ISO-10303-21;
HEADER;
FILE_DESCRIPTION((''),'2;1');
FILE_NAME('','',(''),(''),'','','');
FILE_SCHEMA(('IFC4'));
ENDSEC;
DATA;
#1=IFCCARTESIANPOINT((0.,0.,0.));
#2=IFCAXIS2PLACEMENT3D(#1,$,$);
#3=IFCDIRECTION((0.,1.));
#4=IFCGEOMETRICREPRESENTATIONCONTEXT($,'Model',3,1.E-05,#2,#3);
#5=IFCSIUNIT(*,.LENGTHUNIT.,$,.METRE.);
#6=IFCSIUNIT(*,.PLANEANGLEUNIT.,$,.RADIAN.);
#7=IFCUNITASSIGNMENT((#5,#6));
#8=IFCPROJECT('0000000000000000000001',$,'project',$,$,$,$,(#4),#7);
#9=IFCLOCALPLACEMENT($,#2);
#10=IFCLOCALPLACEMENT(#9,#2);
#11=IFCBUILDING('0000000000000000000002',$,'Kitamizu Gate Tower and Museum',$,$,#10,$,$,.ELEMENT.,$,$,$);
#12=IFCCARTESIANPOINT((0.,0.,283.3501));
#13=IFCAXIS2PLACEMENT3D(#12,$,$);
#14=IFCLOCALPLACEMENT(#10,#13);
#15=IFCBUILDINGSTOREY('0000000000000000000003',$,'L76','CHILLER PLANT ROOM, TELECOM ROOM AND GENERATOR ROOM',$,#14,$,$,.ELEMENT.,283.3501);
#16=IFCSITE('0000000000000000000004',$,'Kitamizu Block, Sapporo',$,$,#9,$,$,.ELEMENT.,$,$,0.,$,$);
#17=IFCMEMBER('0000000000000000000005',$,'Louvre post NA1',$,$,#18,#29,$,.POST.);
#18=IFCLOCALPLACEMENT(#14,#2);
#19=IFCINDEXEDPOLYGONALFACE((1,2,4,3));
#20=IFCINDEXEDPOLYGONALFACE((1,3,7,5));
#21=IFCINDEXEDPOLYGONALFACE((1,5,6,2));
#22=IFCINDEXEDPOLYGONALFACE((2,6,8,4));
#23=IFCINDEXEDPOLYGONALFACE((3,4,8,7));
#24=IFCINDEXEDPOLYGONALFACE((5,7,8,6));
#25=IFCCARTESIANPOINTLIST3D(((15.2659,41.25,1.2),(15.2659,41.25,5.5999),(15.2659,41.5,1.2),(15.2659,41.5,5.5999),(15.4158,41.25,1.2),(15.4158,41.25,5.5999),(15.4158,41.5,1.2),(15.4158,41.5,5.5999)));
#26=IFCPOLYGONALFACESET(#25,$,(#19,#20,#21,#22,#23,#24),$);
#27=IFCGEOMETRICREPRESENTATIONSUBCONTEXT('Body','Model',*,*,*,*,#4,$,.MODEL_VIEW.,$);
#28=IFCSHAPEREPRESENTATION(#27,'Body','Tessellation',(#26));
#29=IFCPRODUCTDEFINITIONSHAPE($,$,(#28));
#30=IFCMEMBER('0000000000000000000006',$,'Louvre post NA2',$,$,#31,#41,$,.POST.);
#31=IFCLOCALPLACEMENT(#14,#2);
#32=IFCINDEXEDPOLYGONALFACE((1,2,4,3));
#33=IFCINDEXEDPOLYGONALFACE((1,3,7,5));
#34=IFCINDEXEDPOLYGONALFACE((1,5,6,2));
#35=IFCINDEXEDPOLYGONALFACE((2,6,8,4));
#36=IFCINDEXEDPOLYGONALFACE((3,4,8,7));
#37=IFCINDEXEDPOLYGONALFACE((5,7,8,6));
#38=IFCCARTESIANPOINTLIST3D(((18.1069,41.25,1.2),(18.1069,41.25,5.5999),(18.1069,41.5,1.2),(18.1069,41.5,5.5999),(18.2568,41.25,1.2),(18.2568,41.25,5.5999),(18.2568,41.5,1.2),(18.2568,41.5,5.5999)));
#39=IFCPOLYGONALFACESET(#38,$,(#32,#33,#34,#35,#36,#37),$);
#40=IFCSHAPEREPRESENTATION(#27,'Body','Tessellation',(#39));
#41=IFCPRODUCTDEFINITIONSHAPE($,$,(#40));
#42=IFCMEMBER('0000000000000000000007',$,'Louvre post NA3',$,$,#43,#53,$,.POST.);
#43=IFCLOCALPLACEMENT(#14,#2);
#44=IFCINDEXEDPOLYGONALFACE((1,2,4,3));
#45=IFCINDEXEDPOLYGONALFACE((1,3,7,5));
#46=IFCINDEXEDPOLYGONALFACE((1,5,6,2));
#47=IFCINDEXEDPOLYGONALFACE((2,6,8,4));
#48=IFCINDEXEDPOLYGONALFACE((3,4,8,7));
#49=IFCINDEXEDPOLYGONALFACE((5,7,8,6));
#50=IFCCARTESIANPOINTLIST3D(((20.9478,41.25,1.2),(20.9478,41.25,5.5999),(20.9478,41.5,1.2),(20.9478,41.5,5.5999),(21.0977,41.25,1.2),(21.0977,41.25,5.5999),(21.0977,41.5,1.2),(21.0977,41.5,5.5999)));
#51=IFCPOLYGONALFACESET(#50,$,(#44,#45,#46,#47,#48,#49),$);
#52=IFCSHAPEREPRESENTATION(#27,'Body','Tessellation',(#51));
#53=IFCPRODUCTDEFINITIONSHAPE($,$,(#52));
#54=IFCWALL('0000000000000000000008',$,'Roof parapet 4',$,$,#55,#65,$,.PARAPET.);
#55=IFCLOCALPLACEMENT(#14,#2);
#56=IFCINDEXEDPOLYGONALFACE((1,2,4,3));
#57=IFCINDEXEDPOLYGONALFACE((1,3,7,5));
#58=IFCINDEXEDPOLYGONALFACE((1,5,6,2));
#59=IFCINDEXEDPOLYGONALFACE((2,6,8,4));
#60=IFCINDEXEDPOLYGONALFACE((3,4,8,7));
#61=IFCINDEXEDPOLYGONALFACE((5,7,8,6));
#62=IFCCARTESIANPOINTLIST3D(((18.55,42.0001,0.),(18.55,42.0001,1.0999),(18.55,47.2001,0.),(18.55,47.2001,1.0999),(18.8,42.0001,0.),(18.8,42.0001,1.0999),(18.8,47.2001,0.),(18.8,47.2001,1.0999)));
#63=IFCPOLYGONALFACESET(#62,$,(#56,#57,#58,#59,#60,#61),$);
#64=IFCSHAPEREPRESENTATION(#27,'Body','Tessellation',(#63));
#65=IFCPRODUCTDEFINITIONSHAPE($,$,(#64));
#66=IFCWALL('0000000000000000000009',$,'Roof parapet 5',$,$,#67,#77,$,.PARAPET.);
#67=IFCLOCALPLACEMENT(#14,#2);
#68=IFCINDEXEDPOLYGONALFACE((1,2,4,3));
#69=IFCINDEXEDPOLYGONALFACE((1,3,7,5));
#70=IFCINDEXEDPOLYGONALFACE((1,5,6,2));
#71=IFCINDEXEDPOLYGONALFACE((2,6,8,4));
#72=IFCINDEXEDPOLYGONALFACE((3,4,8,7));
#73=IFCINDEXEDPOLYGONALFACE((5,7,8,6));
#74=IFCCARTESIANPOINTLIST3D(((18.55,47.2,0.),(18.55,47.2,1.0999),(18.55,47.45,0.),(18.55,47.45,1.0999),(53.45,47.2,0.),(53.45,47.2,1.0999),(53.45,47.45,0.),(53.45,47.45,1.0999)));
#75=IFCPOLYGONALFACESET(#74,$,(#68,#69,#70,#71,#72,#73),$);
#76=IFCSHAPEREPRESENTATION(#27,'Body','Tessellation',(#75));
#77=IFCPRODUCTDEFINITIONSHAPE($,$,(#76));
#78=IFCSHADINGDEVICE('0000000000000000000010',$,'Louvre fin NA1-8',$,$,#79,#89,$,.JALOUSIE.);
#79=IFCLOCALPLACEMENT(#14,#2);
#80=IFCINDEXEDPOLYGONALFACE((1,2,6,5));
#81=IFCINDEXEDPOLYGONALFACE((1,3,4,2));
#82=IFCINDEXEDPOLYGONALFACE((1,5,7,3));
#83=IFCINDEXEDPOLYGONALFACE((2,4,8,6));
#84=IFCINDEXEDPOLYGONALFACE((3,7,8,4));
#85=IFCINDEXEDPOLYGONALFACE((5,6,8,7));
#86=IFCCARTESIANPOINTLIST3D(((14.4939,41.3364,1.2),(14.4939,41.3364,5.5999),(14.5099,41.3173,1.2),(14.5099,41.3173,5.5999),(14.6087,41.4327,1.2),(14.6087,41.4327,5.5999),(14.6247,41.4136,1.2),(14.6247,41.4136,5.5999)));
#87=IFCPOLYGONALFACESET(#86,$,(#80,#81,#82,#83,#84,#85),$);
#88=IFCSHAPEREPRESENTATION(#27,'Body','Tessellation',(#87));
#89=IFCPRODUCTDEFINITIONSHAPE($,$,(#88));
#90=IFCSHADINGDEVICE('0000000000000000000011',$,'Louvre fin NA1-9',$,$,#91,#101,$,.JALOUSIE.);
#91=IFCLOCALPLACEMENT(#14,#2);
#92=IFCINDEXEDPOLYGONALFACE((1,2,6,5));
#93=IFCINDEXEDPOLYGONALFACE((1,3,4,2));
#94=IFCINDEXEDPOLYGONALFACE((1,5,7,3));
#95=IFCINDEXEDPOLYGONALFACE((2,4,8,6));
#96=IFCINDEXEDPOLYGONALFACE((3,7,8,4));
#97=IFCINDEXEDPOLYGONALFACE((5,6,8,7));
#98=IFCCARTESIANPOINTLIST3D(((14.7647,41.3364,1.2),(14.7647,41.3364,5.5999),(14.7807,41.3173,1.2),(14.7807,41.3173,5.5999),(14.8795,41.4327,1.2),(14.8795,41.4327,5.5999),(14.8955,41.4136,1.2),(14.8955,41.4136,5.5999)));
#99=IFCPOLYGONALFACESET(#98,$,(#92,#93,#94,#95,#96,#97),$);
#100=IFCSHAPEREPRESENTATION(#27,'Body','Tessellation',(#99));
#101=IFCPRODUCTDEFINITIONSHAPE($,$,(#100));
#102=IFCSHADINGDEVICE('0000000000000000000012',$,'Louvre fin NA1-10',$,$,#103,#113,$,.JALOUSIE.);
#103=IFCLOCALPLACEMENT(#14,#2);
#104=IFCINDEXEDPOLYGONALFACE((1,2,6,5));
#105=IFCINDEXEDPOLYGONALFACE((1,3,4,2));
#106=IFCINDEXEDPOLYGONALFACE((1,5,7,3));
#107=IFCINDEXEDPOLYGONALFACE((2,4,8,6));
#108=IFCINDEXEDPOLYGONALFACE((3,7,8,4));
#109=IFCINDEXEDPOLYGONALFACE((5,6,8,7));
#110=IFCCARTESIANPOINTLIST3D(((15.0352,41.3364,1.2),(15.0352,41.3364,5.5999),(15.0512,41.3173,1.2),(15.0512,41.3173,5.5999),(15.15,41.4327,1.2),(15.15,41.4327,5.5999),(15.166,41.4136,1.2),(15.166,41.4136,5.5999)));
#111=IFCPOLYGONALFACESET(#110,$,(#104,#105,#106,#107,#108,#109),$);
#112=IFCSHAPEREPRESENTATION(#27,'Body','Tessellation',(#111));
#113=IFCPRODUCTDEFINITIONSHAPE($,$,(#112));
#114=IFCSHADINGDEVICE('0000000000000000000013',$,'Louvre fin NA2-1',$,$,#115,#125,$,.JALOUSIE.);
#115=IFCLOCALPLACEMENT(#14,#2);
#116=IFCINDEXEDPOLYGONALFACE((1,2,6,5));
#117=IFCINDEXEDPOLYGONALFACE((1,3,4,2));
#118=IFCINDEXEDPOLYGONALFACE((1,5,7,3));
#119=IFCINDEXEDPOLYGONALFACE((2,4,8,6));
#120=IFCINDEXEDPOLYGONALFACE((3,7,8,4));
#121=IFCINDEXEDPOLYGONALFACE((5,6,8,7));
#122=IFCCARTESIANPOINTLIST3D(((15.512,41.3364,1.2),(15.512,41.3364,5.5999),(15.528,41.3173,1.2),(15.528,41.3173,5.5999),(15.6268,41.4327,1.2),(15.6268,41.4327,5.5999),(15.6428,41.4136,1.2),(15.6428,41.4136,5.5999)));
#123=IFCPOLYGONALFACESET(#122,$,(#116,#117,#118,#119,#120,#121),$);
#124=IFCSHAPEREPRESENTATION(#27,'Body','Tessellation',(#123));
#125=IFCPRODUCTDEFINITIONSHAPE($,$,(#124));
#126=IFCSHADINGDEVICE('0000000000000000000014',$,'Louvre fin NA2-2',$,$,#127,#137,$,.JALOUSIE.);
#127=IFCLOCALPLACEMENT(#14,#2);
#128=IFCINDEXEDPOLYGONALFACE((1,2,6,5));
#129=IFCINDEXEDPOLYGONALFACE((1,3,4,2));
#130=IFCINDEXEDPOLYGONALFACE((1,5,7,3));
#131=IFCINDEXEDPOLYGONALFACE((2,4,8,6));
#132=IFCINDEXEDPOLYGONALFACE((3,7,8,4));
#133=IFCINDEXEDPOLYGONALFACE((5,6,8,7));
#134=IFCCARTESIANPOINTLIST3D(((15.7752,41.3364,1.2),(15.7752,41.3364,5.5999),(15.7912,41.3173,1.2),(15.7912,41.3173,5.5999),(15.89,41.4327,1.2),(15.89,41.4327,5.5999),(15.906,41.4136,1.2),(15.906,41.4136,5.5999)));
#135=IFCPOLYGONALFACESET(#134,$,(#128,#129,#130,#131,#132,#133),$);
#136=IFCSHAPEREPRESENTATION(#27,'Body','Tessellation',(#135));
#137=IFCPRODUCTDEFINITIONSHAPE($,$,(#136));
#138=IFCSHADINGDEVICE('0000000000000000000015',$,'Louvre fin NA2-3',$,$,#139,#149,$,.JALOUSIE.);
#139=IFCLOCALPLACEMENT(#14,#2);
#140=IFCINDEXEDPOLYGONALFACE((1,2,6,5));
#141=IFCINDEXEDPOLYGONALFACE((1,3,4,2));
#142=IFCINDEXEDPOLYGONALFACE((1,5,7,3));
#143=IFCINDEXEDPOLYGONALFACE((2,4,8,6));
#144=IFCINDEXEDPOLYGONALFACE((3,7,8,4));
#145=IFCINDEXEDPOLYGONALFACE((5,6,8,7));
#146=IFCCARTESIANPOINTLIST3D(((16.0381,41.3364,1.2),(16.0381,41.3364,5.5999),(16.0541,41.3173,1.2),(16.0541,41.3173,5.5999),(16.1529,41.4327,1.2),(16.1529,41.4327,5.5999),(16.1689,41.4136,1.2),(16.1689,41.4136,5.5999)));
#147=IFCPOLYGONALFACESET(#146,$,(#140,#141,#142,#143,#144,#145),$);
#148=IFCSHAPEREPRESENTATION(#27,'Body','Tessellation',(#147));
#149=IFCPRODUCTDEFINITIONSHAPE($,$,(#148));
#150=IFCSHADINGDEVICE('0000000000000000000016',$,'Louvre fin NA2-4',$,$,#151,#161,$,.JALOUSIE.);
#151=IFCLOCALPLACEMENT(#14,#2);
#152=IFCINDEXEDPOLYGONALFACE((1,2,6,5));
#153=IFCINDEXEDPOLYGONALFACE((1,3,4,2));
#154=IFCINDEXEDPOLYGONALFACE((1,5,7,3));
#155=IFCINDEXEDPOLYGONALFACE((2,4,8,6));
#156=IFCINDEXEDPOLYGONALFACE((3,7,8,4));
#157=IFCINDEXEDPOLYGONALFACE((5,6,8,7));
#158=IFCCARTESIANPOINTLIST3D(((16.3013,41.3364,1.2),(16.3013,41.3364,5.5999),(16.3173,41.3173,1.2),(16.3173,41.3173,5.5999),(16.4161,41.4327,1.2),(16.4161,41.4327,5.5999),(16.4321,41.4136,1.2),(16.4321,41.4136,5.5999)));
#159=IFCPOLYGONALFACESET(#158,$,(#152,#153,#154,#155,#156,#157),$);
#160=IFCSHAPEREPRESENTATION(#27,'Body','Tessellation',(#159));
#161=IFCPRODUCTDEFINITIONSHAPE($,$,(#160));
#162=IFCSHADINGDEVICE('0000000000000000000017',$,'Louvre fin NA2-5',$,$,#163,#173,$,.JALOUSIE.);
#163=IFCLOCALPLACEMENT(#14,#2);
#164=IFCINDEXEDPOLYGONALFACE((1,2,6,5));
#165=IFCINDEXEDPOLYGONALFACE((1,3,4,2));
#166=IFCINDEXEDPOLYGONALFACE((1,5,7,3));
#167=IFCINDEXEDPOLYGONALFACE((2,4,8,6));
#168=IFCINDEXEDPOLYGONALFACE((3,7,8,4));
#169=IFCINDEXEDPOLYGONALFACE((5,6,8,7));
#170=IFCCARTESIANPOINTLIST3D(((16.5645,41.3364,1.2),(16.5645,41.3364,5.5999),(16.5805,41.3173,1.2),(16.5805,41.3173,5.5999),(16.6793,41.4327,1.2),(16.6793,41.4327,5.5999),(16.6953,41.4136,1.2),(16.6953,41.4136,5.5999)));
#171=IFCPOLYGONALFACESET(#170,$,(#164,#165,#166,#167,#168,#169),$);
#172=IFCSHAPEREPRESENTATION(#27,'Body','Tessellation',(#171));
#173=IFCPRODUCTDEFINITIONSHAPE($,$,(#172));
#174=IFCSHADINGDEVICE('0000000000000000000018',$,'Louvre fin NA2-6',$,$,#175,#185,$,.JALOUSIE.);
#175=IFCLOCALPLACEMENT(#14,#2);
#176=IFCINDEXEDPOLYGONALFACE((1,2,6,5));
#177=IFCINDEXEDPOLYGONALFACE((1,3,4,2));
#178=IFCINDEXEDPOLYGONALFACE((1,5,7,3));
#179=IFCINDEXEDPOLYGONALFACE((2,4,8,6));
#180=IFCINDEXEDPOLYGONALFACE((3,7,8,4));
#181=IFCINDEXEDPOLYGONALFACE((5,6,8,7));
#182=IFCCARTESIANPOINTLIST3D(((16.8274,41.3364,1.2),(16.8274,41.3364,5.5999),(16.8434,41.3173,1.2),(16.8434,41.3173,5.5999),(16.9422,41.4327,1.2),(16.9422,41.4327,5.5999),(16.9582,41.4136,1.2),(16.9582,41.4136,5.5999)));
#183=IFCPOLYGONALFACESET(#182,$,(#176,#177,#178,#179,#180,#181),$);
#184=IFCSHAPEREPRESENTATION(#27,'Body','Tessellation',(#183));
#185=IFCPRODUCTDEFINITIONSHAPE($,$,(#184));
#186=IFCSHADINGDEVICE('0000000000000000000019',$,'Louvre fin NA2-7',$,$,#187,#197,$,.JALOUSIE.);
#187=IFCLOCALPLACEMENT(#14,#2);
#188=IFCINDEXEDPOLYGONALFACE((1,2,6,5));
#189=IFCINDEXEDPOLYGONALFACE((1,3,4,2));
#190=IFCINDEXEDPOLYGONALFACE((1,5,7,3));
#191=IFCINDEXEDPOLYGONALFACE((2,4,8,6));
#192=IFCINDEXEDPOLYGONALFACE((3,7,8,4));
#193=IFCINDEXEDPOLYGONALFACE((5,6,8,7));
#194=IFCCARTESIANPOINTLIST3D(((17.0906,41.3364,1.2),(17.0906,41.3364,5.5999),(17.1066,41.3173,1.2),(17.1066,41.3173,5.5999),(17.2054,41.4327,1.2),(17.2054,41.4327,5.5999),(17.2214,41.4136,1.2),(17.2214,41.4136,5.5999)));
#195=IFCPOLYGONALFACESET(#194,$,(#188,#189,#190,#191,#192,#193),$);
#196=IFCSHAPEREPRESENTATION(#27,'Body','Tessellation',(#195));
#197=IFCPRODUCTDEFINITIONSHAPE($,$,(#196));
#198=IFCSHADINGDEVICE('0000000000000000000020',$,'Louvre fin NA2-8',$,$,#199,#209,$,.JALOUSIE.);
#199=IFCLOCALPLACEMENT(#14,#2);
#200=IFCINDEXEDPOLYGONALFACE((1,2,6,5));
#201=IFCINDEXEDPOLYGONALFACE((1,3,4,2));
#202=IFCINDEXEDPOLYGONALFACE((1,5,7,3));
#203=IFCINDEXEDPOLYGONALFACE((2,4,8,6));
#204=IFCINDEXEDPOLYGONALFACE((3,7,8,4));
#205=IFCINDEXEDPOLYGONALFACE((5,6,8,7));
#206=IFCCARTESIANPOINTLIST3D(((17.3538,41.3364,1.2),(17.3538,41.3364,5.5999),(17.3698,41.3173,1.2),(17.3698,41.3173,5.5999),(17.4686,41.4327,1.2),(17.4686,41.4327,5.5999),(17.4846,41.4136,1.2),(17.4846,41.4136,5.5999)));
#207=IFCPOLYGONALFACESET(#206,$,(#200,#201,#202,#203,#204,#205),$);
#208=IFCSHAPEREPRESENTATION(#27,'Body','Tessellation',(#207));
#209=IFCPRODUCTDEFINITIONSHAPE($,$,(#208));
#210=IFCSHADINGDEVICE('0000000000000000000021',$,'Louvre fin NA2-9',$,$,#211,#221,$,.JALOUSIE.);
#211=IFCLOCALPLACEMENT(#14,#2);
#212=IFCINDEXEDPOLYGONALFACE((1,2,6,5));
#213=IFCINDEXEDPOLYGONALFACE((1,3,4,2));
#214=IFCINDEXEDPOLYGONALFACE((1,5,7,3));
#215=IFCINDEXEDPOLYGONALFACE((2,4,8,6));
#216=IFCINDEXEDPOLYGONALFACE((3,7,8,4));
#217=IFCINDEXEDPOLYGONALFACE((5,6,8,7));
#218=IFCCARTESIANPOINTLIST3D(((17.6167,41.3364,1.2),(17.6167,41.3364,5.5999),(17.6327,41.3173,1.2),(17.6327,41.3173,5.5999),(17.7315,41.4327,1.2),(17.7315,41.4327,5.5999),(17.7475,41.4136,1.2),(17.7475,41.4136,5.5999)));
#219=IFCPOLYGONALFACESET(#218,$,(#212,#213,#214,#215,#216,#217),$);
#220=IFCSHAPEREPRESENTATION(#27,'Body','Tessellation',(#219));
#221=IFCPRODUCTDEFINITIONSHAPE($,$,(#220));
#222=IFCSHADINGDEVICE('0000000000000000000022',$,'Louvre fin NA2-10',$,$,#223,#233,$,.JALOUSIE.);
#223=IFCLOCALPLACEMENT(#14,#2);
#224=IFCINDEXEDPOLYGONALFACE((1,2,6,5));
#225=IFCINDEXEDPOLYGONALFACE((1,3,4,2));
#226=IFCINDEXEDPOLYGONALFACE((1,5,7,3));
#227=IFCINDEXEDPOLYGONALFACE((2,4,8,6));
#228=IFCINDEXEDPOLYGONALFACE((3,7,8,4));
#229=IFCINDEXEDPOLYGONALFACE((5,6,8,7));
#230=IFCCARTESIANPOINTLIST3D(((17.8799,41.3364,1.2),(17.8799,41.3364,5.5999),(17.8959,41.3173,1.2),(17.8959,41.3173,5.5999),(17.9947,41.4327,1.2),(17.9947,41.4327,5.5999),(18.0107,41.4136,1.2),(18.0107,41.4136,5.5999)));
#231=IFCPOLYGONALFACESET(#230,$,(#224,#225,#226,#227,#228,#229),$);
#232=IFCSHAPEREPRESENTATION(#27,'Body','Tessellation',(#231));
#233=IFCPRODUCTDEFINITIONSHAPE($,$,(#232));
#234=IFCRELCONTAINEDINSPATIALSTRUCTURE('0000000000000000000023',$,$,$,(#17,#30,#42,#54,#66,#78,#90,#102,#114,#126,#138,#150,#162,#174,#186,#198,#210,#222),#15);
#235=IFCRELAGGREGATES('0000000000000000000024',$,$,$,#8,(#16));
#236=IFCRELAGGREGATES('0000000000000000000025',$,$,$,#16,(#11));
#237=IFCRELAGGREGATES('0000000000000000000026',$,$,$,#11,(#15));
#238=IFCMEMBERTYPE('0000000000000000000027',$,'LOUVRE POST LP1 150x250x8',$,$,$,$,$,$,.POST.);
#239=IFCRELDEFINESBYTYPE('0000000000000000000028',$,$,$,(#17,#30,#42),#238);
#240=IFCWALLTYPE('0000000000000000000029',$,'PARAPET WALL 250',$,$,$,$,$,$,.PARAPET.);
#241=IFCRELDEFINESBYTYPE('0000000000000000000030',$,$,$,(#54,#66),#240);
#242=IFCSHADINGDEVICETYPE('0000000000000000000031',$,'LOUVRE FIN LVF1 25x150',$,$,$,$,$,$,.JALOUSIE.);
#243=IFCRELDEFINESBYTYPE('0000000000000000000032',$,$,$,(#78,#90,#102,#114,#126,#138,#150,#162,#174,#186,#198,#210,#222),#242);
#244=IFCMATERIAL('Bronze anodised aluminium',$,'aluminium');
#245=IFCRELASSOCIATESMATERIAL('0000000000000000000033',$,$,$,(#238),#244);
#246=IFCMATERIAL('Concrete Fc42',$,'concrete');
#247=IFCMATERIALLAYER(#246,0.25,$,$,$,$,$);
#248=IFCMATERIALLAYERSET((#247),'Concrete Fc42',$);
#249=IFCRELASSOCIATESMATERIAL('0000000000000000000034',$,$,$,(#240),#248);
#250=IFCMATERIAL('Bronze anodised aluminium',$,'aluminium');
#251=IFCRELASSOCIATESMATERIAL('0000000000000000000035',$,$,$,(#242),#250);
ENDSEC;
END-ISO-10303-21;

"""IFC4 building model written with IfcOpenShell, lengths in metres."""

from ifc_helpers import new_model, si_unit, direction, frame, frame_2d, origin, origin_2d, place, context, subcontext, project, spatial, rectangle, extrude, material, layer, layer_set, material_profile, profile_set, type_object, element, save


model = new_model("IFC4")

# Units and contexts
model_context = context("Model", 3, precision=1e-05, world=origin(), true_north=direction((0.0, 1.0)))
body_context = subcontext(model_context, "Body", "Model", "MODEL_VIEW")
ifc_project = project(units=[si_unit("LENGTHUNIT", "METRE"), si_unit("PLANEANGLEUNIT", "RADIAN")], contexts=[model_context])

# Site, building, storey
site_placement = place(None, origin())
site = spatial("IfcSite", under=ifc_project, at=site_placement, Name="Kitamizu Block, Sapporo", CompositionType="ELEMENT", RefElevation=0.0)
building_placement = place(site_placement, origin())
building = spatial("IfcBuilding", under=site, at=building_placement, Name="Kitamizu Gate Tower and Museum", CompositionType="ELEMENT")
storey_placement = place(building_placement, frame((0.0, 0.0, 283.3501)))
storey = spatial("IfcBuildingStorey", under=building, at=storey_placement, Name="L76", Description="CHILLER PLANT ROOM, TELECOM ROOM AND GENERATOR ROOM", CompositionType="ELEMENT", Elevation=283.3501)

# Members
ifc_material_1 = material(Name="Bronze anodised aluminium", Category="aluminium")
ifc_material_profile_1 = material_profile(ifc_material_1, rectangle(XDim=0.1499, YDim=0.25, at=origin_2d()), Name="AL 150x250")
ifc_profile_set_1 = profile_set([ifc_material_profile_1], Name="Bronze anodised aluminium")
member_type = type_object("IfcMemberType", Name="LOUVRE POST LP1 150x250x8", PredefinedType="POST", material=ifc_profile_set_1)
for number, where, z_axis, x_axis, name in (
    (1, (15.3408, 41.375, 1.2), (0.0, 0.0, 1.0), (1.0, 0.0, 0.0), "Louvre post NA1"),
    (2, (18.1819, 41.375, 1.2), (0.0, 0.0, 1.0), (1.0, 0.0, 0.0), "Louvre post NA2"),
    (3, (21.0227, 41.375, 1.2), (0.0, 0.0, 1.0), (1.0, 0.0, 0.0), "Louvre post NA3"),
):
    element("IfcMember", number, at=place(storey_placement, frame(where, z_axis=z_axis, x_axis=x_axis)), inside=storey, type_object=member_type, Name=name, PredefinedType="POST", context=body_context, shape_type="SweptSolid", body=[
        extrude(rectangle(XDim=0.1499, YDim=0.25, at=origin_2d()), origin(), (0.0, 0.0, 1.0), 4.3999),
    ])

# Walls
ifc_material_2 = material(Name="Concrete Fc42", Category="concrete")
ifc_layer = layer(ifc_material_2, 0.25)
ifc_layer_set = layer_set([ifc_layer], Name="Concrete Fc42")
wall_type = type_object("IfcWallType", Name="PARAPET WALL 250", PredefinedType="PARAPET", material=ifc_layer_set)
wall_1_placement = place(storey_placement, frame((18.675, 42.0, 0.0), z_axis=(0.0, 0.0, 1.0), x_axis=(0.0, 1.0, 0.0)))
element("IfcWall", 4, at=wall_1_placement, inside=storey, type_object=wall_type, Name="Roof parapet 4", PredefinedType="PARAPET", context=body_context, shape_type="SweptSolid", body=[
    extrude(rectangle(XDim=5.2, YDim=0.25, at=frame_2d((2.6001, 0.0))), origin(), (0.0, 0.0, 1.0), 1.0999),
])
wall_2_placement = place(storey_placement, frame((18.55, 47.325, 0.0), z_axis=(0.0, 0.0, 1.0), x_axis=(1.0, 0.0, 0.0)))
element("IfcWall", 5, at=wall_2_placement, inside=storey, type_object=wall_type, Name="Roof parapet 5", PredefinedType="PARAPET", context=body_context, shape_type="SweptSolid", body=[
    extrude(rectangle(XDim=34.8999, YDim=0.25, at=frame_2d((17.45, 0.0))), origin(), (0.0, 0.0, 1.0), 1.0999),
])

# Shading devices
ifc_material_3 = material(Name="Bronze anodised aluminium", Category="aluminium")
ifc_material_profile_2 = material_profile(ifc_material_3, rectangle(XDim=0.1499, YDim=0.0249, at=origin_2d()), Name="AL 25x150")
ifc_profile_set_2 = profile_set([ifc_material_profile_2], Name="Bronze anodised aluminium")
shading_device_type = type_object("IfcShadingDeviceType", Name="LOUVRE FIN LVF1 25x150", PredefinedType="JALOUSIE", material=ifc_profile_set_2)
for number, where, z_axis, x_axis, name in (
    (6, (14.5593, 41.375, 1.2), (0.0, 0.0, 1.0), (0.766044, 0.642788, 0.0), "Louvre fin NA1-8"),
    (7, (14.8301, 41.375, 1.2), (0.0, 0.0, 1.0), (0.766044, 0.642788, 0.0), "Louvre fin NA1-9"),
    (8, (15.1006, 41.375, 1.2), (0.0, 0.0, 1.0), (0.766044, 0.642788, 0.0), "Louvre fin NA1-10"),
    (9, (15.5774, 41.375, 1.2), (0.0, 0.0, 1.0), (0.766044, 0.642788, 0.0), "Louvre fin NA2-1"),
    (10, (15.8406, 41.375, 1.2), (0.0, 0.0, 1.0), (0.766044, 0.642788, 0.0), "Louvre fin NA2-2"),
    (11, (16.1035, 41.375, 1.2), (0.0, 0.0, 1.0), (0.766044, 0.642788, 0.0), "Louvre fin NA2-3"),
    (12, (16.3667, 41.375, 1.2), (0.0, 0.0, 1.0), (0.766044, 0.642788, 0.0), "Louvre fin NA2-4"),
    (13, (16.6299, 41.375, 1.2), (0.0, 0.0, 1.0), (0.766044, 0.642788, 0.0), "Louvre fin NA2-5"),
    (14, (16.8928, 41.375, 1.2), (0.0, 0.0, 1.0), (0.766044, 0.642788, 0.0), "Louvre fin NA2-6"),
    (15, (17.156, 41.375, 1.2), (0.0, 0.0, 1.0), (0.766044, 0.642788, 0.0), "Louvre fin NA2-7"),
    (16, (17.4192, 41.375, 1.2), (0.0, 0.0, 1.0), (0.766044, 0.642788, 0.0), "Louvre fin NA2-8"),
    (17, (17.6821, 41.375, 1.2), (0.0, 0.0, 1.0), (0.766044, 0.642788, 0.0), "Louvre fin NA2-9"),
    (18, (17.9453, 41.375, 1.2), (0.0, 0.0, 1.0), (0.766044, 0.642788, 0.0), "Louvre fin NA2-10"),
):
    element("IfcShadingDevice", number, at=place(storey_placement, frame(where, z_axis=z_axis, x_axis=x_axis)), inside=storey, type_object=shading_device_type, Name=name, PredefinedType="JALOUSIE", context=body_context, shape_type="SweptSolid", body=[
        extrude(rectangle(XDim=0.1499, YDim=0.0249, at=origin_2d()), origin(), (0.0, 0.0, 1.0), 4.3999),
    ])

save(model, "model.ifc")
